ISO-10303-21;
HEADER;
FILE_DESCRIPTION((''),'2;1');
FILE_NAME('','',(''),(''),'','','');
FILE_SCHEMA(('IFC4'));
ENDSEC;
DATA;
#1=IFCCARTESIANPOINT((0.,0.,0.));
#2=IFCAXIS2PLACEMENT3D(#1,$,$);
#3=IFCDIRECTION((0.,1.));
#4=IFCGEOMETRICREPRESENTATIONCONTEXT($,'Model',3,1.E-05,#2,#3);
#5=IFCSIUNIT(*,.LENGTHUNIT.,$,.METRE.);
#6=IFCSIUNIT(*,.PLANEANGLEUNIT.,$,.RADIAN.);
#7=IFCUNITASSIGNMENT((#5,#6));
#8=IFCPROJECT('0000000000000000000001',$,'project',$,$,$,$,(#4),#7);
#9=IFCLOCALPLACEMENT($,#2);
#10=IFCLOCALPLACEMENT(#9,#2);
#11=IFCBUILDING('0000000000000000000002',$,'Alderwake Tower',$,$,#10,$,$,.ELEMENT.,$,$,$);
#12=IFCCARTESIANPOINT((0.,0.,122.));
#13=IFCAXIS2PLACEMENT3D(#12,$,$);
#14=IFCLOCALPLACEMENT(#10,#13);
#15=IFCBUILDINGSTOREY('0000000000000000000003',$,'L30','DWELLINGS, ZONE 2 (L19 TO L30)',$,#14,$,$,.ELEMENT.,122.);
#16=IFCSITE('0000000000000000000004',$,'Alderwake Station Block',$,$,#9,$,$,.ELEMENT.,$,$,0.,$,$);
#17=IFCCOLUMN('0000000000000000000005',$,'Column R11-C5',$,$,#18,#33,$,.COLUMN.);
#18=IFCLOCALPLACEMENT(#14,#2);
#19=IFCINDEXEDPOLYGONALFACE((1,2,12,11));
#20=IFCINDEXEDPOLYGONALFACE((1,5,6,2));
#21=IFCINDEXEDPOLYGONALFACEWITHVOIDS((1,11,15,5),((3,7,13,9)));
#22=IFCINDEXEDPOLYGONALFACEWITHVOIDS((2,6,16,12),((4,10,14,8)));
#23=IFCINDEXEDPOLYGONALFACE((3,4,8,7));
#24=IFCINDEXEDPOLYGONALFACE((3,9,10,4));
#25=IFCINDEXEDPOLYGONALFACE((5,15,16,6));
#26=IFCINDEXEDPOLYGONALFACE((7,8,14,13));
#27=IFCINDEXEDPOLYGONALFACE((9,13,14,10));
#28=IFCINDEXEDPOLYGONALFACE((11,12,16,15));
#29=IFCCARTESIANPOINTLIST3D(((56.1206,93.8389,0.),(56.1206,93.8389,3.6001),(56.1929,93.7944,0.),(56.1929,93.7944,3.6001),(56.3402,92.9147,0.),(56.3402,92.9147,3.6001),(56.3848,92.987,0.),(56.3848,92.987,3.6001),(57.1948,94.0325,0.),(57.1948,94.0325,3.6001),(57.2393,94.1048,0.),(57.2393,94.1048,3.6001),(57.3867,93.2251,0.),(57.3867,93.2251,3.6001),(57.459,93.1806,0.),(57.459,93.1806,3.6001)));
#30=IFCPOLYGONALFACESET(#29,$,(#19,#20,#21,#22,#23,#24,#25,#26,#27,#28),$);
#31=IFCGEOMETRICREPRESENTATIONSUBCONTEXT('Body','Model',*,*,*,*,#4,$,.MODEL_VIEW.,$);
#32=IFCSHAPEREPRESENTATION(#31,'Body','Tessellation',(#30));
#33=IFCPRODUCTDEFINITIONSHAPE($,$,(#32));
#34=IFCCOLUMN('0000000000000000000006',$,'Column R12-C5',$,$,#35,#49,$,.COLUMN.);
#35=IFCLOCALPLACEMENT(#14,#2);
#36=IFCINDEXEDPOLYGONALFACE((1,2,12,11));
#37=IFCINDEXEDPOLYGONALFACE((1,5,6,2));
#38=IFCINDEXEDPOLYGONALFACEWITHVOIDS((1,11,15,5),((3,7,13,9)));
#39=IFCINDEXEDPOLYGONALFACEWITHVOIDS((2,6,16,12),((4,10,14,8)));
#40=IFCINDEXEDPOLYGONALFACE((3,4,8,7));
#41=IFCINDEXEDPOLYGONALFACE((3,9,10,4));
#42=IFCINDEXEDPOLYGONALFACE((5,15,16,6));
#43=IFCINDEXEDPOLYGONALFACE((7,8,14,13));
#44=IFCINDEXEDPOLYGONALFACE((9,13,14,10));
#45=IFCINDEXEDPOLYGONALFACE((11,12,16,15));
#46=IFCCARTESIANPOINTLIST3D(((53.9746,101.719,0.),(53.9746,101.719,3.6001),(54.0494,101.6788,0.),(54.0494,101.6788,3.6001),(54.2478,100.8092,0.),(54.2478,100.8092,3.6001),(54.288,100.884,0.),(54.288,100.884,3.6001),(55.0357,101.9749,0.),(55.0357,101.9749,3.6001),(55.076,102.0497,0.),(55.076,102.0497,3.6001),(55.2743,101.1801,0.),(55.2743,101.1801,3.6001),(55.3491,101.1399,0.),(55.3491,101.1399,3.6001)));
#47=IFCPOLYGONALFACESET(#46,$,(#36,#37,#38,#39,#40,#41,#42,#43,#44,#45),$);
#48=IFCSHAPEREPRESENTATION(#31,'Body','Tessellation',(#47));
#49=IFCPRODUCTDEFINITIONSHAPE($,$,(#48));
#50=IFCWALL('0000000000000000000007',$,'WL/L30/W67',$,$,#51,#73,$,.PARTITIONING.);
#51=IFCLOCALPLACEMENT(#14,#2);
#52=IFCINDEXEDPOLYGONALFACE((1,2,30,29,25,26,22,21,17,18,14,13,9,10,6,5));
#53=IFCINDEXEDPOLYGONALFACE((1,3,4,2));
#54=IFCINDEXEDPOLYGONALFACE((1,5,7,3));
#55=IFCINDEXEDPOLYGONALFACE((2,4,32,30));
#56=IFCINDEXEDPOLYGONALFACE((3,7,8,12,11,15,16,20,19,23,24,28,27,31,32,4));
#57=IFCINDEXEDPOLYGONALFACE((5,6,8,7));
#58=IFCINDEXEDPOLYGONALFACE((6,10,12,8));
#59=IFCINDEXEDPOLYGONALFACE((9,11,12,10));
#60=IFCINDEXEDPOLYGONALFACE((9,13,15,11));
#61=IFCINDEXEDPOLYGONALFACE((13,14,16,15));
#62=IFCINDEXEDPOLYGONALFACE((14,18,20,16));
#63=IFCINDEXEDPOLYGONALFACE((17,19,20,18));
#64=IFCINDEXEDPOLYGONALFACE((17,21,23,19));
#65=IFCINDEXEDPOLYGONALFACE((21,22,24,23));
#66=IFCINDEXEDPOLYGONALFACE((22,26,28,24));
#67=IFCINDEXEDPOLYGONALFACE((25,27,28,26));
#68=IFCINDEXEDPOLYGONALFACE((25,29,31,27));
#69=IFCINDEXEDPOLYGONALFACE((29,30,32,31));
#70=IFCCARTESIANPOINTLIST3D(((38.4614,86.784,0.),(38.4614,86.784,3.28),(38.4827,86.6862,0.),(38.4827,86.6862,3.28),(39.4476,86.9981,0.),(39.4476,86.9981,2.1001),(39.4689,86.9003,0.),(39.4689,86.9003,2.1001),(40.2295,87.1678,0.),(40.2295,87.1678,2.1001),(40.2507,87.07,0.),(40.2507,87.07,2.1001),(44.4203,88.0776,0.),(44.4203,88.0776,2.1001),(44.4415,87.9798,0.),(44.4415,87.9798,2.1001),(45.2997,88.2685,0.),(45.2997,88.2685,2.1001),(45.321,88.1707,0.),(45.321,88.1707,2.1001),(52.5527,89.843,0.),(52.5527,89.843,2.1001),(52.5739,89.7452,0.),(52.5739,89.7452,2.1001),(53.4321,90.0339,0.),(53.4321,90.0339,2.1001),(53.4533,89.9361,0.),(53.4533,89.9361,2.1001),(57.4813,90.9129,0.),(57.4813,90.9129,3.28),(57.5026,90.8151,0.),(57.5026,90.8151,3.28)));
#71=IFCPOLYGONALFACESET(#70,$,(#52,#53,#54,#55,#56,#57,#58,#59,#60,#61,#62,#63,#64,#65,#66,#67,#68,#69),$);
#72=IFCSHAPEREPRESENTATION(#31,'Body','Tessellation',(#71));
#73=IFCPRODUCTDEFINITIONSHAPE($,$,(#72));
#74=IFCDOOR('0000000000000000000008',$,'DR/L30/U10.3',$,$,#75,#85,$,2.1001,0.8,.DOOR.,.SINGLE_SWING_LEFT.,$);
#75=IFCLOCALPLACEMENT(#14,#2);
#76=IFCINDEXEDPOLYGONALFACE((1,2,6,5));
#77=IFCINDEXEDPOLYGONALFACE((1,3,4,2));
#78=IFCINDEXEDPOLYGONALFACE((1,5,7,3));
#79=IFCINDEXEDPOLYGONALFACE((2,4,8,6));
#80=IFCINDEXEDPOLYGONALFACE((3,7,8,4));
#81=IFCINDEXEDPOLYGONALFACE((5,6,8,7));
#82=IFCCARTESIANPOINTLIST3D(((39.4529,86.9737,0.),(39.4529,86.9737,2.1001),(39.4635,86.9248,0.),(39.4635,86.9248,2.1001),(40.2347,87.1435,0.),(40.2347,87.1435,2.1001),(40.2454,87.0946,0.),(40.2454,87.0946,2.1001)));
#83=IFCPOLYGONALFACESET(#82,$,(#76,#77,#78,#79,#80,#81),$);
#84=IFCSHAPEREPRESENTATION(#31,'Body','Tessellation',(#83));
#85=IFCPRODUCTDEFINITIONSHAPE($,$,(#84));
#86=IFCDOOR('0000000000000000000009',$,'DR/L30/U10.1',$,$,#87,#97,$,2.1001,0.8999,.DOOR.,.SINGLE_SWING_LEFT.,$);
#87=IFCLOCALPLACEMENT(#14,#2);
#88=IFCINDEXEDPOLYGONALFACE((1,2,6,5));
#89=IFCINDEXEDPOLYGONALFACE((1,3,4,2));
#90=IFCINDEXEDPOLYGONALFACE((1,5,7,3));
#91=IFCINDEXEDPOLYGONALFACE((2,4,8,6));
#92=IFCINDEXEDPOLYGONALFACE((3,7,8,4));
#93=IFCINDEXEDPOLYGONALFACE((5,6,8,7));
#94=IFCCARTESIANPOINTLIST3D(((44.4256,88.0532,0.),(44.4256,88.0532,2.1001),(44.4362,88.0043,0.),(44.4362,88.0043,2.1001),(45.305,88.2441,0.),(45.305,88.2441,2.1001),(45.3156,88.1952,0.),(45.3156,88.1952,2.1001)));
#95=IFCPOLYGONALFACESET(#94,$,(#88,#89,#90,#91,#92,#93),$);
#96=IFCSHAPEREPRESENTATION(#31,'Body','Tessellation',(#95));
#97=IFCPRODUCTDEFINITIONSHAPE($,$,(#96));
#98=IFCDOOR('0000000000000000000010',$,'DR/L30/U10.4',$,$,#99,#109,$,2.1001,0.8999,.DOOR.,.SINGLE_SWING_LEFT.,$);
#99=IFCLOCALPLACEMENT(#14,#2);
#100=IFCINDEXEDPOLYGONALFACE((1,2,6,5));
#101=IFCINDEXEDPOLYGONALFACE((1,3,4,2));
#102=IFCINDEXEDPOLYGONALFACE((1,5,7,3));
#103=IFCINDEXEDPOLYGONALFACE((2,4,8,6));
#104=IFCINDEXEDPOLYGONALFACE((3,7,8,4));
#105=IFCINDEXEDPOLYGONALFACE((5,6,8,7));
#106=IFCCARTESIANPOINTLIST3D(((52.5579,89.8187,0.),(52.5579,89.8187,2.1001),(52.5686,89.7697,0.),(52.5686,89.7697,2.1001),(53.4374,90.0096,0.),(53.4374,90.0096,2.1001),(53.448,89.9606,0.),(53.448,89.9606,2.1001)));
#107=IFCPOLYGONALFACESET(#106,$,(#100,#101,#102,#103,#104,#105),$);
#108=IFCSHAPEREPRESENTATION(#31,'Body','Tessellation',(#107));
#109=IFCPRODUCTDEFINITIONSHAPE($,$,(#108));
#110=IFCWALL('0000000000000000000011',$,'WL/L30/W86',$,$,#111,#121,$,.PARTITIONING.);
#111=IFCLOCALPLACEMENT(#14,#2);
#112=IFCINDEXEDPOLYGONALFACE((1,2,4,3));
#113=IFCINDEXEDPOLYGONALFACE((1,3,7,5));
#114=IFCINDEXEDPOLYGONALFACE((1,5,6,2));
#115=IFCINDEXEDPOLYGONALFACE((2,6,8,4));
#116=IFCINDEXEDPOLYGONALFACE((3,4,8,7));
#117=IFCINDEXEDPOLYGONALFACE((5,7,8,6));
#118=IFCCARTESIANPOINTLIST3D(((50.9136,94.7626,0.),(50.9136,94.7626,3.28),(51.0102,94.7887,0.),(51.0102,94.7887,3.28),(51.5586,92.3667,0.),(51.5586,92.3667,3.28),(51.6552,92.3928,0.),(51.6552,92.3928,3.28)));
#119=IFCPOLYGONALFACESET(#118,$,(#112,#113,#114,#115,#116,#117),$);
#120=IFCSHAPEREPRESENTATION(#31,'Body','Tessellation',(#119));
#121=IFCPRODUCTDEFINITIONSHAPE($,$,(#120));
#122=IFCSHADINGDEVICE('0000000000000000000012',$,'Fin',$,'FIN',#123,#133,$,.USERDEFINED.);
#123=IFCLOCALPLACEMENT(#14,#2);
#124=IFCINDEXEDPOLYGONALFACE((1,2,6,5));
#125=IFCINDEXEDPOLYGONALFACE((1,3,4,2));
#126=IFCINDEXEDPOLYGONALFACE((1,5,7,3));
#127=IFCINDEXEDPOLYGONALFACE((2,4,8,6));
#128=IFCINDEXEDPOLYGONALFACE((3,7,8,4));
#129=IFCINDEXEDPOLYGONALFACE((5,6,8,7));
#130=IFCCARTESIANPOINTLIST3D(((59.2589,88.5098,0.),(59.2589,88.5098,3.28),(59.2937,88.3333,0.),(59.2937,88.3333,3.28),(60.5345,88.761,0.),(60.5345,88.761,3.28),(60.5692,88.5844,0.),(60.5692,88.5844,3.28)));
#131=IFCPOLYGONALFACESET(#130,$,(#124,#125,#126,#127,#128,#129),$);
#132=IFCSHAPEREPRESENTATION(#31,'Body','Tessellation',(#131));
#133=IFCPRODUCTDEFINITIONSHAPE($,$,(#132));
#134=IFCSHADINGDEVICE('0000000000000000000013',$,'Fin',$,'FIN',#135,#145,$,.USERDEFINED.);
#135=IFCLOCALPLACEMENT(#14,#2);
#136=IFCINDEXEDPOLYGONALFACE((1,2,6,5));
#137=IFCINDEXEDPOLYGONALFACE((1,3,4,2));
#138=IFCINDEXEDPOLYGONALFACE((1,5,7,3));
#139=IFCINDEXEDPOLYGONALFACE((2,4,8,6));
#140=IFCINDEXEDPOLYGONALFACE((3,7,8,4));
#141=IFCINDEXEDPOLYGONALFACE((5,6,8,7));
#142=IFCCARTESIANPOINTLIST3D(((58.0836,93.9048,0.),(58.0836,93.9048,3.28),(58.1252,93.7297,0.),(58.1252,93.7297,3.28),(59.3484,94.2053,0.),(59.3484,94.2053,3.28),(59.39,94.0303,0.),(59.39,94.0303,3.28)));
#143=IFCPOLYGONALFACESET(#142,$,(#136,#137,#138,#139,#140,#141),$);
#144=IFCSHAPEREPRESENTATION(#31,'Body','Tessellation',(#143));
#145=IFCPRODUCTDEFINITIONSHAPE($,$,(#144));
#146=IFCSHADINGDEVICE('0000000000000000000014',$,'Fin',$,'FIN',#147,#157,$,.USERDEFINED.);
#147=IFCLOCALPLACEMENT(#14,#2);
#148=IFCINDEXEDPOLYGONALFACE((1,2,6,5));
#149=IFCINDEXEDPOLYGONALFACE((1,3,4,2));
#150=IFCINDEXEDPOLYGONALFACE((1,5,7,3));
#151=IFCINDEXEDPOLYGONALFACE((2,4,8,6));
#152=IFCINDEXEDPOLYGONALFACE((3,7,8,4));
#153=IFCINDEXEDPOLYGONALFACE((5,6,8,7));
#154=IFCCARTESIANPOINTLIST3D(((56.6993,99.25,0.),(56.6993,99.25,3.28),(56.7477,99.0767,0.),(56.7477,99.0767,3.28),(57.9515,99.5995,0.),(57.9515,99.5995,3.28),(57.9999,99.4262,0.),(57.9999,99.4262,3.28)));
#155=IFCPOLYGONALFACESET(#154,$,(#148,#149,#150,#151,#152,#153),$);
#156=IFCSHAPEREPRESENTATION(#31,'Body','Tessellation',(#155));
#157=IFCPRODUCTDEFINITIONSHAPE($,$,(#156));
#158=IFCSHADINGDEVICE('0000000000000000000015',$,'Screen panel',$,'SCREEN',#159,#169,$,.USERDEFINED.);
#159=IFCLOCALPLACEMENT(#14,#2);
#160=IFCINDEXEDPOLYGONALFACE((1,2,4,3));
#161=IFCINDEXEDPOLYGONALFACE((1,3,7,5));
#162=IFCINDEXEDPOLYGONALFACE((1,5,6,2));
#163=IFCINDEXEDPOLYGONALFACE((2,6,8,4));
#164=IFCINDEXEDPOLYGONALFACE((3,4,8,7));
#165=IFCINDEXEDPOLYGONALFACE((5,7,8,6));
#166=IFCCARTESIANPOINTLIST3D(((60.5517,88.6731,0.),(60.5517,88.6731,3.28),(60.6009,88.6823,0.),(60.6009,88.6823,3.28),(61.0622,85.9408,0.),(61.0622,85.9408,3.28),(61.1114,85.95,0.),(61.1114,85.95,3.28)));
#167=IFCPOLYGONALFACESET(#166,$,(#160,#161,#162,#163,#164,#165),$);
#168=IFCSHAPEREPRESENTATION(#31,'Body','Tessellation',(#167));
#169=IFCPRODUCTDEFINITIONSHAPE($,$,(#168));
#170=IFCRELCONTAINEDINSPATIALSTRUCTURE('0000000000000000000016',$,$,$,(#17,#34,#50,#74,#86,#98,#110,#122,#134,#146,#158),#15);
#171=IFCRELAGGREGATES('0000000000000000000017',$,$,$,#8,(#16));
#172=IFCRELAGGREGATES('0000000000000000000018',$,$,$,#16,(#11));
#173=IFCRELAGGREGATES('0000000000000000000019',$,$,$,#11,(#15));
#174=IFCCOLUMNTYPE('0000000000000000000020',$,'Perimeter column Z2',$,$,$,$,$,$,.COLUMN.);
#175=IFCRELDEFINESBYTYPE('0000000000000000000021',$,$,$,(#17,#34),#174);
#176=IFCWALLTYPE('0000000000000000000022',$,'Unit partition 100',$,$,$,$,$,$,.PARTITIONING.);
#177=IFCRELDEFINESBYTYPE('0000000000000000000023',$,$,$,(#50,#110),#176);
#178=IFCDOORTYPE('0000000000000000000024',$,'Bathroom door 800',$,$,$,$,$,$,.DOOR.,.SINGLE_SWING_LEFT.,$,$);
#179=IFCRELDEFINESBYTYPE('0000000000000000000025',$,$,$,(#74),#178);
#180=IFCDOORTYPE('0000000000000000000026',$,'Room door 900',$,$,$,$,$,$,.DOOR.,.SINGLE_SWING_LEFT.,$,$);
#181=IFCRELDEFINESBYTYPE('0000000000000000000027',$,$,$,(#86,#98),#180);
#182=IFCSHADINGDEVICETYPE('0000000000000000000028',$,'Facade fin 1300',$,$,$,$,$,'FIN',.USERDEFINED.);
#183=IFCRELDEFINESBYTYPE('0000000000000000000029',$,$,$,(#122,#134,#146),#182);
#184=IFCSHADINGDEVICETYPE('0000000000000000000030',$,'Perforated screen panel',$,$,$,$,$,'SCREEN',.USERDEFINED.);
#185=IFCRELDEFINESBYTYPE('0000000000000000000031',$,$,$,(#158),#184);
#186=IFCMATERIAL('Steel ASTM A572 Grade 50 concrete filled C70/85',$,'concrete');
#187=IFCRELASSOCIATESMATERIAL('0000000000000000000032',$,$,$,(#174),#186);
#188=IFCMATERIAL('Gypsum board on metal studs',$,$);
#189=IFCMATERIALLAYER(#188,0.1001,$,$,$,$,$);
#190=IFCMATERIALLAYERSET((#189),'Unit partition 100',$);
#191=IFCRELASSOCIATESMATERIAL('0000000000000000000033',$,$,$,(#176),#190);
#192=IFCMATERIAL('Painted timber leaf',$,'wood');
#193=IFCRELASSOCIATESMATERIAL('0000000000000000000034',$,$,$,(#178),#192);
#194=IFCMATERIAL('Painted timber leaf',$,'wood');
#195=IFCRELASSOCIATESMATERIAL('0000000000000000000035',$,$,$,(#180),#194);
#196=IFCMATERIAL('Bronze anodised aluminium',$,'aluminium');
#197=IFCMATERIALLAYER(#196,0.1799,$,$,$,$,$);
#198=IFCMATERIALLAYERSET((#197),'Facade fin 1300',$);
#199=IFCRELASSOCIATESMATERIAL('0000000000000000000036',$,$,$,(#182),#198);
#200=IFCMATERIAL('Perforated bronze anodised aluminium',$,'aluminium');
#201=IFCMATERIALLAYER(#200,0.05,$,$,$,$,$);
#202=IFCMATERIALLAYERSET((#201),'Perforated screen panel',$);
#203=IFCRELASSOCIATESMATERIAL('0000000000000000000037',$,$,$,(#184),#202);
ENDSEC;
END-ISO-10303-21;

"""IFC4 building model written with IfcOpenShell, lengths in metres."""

from ifc_helpers import new_model, si_unit, direction, frame, frame_2d, origin, origin_2d, place, context, subcontext, project, spatial, rectangle, hollow_rectangle, extrude, material, layer, layer_set, material_profile, profile_set, type_object, element, fill, save


model = new_model("IFC4")

# Units and contexts
model_context = context("Model", 3, precision=1e-05, world=origin(), true_north=direction((0.0, 1.0)))
body_context = subcontext(model_context, "Body", "Model", "MODEL_VIEW")
ifc_project = project(units=[si_unit("LENGTHUNIT", "METRE"), si_unit("PLANEANGLEUNIT", "RADIAN")], contexts=[model_context])

# Site, building, storey
site_placement = place(None, origin())
site = spatial("IfcSite", under=ifc_project, at=site_placement, Name="Alderwake Station Block", CompositionType="ELEMENT", RefElevation=0.0)
building_placement = place(site_placement, origin())
building = spatial("IfcBuilding", under=site, at=building_placement, Name="Alderwake Tower", CompositionType="ELEMENT")
storey_placement = place(building_placement, frame((0.0, 0.0, 122.0)))
storey = spatial("IfcBuildingStorey", under=building, at=storey_placement, Name="L30", Description="DWELLINGS, ZONE 2 (L19 TO L30)", CompositionType="ELEMENT", Elevation=122.0)

# Columns
ifc_material_1 = material(Name="Steel ASTM A572 Grade 50 concrete filled C70/85", Category="concrete")
ifc_material_profile = material_profile(ifc_material_1, hollow_rectangle(XDim=0.95, YDim=1.1499, WallThickness=0.0601, at=origin_2d()), Name="BOX 1150X950X60")
ifc_profile_set = profile_set([ifc_material_profile], Name="Steel ASTM A572 Grade 50 concrete filled C70/85")
column_type = type_object("IfcColumnType", Name="Perimeter column Z2", PredefinedType="COLUMN", material=ifc_profile_set)
for number, where, z_axis, x_axis, name in (
    (1, (56.7898, 93.5098, 0.0), (0.0, 0.0, 1.0), (-0.231222, 0.972901, 0.0), "Column R11-C5"),
    (2, (54.6619, 101.4294, 0.0), (0.0, 0.0, 1.0), (-0.287549, 0.957766, 0.0), "Column R12-C5"),
):
    element("IfcColumn", number, at=place(storey_placement, frame(where, z_axis=z_axis, x_axis=x_axis)), inside=storey, type_object=column_type, Name=name, PredefinedType="COLUMN", context=body_context, shape_type="SweptSolid", body=[
        extrude(hollow_rectangle(XDim=0.95, YDim=1.1499, WallThickness=0.0601, at=origin_2d()), origin(), (0.0, 0.0, 1.0), 3.6001),
    ])

# Wall, openings, doors
ifc_material_2 = material(Name="Gypsum board on metal studs")
ifc_layer_1 = layer(ifc_material_2, 0.1001)
ifc_layer_set_1 = layer_set([ifc_layer_1], Name="Unit partition 100")
wall_type_1 = type_object("IfcWallType", Name="Unit partition 100", PredefinedType="PARTITIONING", material=ifc_layer_set_1)
wall_1_placement = place(storey_placement, frame((57.4919, 90.864, 0.0), z_axis=(0.0, 0.0, 1.0), x_axis=(-0.977238, -0.212144, 0.0)))
wall_1 = element("IfcWall", 3, at=wall_1_placement, inside=storey, type_object=wall_type_1, Name="WL/L30/W67", PredefinedType="PARTITIONING", context=body_context, shape_type="SweptSolid", body=[
    extrude(rectangle(XDim=19.4629, YDim=0.1001, at=frame_2d((9.7314, 0.0))), origin(), (0.0, 0.0, 1.0), 3.28),
])
opening_1_placement = place(wall_1_placement, frame((12.4653, 0.0, 0.0)))
opening_1 = element("IfcOpeningElement", 4, at=opening_1_placement, cuts=wall_1, PredefinedType="OPENING", context=body_context, shape_type="SweptSolid", body=[
    extrude(rectangle(XDim=0.8999, YDim=2.1001, at=frame_2d((0.45, 1.05))), frame((0.0, 0.0601, 0.0), z_axis=(0.0, -1.0, 0.0), x_axis=(1.0, 0.0, 0.0)), (0.0, 0.0, 1.0), 0.1201),
])
opening_2_placement = place(wall_1_placement, frame((17.6538, 0.0, 0.0)))
opening_2 = element("IfcOpeningElement", 5, at=opening_2_placement, cuts=wall_1, PredefinedType="OPENING", context=body_context, shape_type="SweptSolid", body=[
    extrude(rectangle(XDim=0.8, YDim=2.1001, at=frame_2d((0.3999, 1.05))), frame((0.0, 0.0601, 0.0), z_axis=(0.0, -1.0, 0.0), x_axis=(1.0, 0.0, 0.0)), (0.0, 0.0, 1.0), 0.1201),
])
opening_3_placement = place(wall_1_placement, frame((4.1436, 0.0, 0.0)))
opening_3 = element("IfcOpeningElement", 6, at=opening_3_placement, cuts=wall_1, PredefinedType="OPENING", context=body_context, shape_type="SweptSolid", body=[
    extrude(rectangle(XDim=0.8999, YDim=2.1001, at=frame_2d((0.45, 1.05))), frame((0.0, 0.0601, 0.0), z_axis=(0.0, -1.0, 0.0), x_axis=(1.0, 0.0, 0.0)), (0.0, 0.0, 1.0), 0.1201),
])
ifc_material_3 = material(Name="Painted timber leaf", Category="wood")
door_type_1 = type_object("IfcDoorType", Name="Bathroom door 800", OperationType="SINGLE_SWING_LEFT", PredefinedType="DOOR", material=ifc_material_3)
door_1_placement = place(opening_2_placement, origin())
door_1 = element("IfcDoor", 7, at=door_1_placement, inside=storey, type_object=door_type_1, Name="DR/L30/U10.3", OperationType="SINGLE_SWING_LEFT", OverallHeight=2.1001, OverallWidth=0.8, PredefinedType="DOOR", context=body_context, shape_type="SweptSolid", body=[
    extrude(rectangle(XDim=0.8, YDim=2.1001, at=frame_2d((0.3999, 1.05))), frame((0.0, 0.0249, 0.0), z_axis=(0.0, -1.0, 0.0), x_axis=(1.0, 0.0, 0.0)), (0.0, 0.0, 1.0), 0.05),
])
fill(opening_2, door_1)
ifc_material_4 = material(Name="Painted timber leaf", Category="wood")
door_type_2 = type_object("IfcDoorType", Name="Room door 900", OperationType="SINGLE_SWING_LEFT", PredefinedType="DOOR", material=ifc_material_4)
door_2_placement = place(opening_1_placement, origin())
door_2 = element("IfcDoor", 8, at=door_2_placement, inside=storey, type_object=door_type_2, Name="DR/L30/U10.1", OperationType="SINGLE_SWING_LEFT", OverallHeight=2.1001, OverallWidth=0.8999, PredefinedType="DOOR", context=body_context, shape_type="SweptSolid", body=[
    extrude(rectangle(XDim=0.8999, YDim=2.1001, at=frame_2d((0.45, 1.05))), frame((0.0, 0.0249, 0.0), z_axis=(0.0, -1.0, 0.0), x_axis=(1.0, 0.0, 0.0)), (0.0, 0.0, 1.0), 0.05),
])
fill(opening_1, door_2)
door_3_placement = place(opening_3_placement, origin())
door_3 = element("IfcDoor", 9, at=door_3_placement, inside=storey, type_object=door_type_2, Name="DR/L30/U10.4", OperationType="SINGLE_SWING_LEFT", OverallHeight=2.1001, OverallWidth=0.8999, PredefinedType="DOOR", context=body_context, shape_type="SweptSolid", body=[
    extrude(rectangle(XDim=0.8999, YDim=2.1001, at=frame_2d((0.45, 1.05))), frame((0.0, 0.0249, 0.0), z_axis=(0.0, -1.0, 0.0), x_axis=(1.0, 0.0, 0.0)), (0.0, 0.0, 1.0), 0.05),
])
fill(opening_3, door_3)

# Wall
wall_2_placement = place(storey_placement, frame((51.6069, 92.3796, 0.0), z_axis=(0.0, 0.0, 1.0), x_axis=(-0.259952, 0.965621, 0.0)))
element("IfcWall", 10, at=wall_2_placement, inside=storey, type_object=wall_type_1, Name="WL/L30/W86", PredefinedType="PARTITIONING", context=body_context, shape_type="SweptSolid", body=[
    extrude(rectangle(XDim=2.4812, YDim=0.1001, at=frame_2d((1.2407, 0.0))), origin(), (0.0, 0.0, 1.0), 3.28),
])

# Shading devices
ifc_material_5 = material(Name="Bronze anodised aluminium", Category="aluminium")
ifc_layer_2 = layer(ifc_material_5, 0.1799)
ifc_layer_set_2 = layer_set([ifc_layer_2], Name="Facade fin 1300")
shading_device_type_1 = type_object("IfcShadingDeviceType", Name="Facade fin 1300", ElementType="FIN", PredefinedType="USERDEFINED", material=ifc_layer_set_2)
for number, where, z_axis, x_axis, name in (
    (11, (59.9141, 88.5471, 0.0), (0.0, 0.0, 1.0), (0.981164, 0.193178, 0.0), "Fin"),
    (12, (58.7368, 93.9675, 0.0), (0.0, 0.0, 1.0), (0.972909, 0.231189, 0.0), "Fin"),
    (13, (57.3496, 99.3381, 0.0), (0.0, 0.0, 1.0), (0.963182, 0.268851, 0.0), "Fin"),
):
    element("IfcShadingDevice", number, at=place(storey_placement, frame(where, z_axis=z_axis, x_axis=x_axis)), inside=storey, type_object=shading_device_type_1, Name=name, ObjectType="FIN", PredefinedType="USERDEFINED", context=body_context, shape_type="SweptSolid", body=[
        extrude(rectangle(XDim=1.3, YDim=0.1799, at=origin_2d()), origin(), (0.0, 0.0, 1.0), 3.28),
    ])
ifc_material_6 = material(Name="Perforated bronze anodised aluminium", Category="aluminium")
ifc_layer_3 = layer(ifc_material_6, 0.05)
ifc_layer_set_3 = layer_set([ifc_layer_3], Name="Perforated screen panel")
shading_device_type_2 = type_object("IfcShadingDeviceType", Name="Perforated screen panel", ElementType="SCREEN", PredefinedType="USERDEFINED", material=ifc_layer_set_3)
shading_device_placement = place(storey_placement, frame((60.8315, 87.3115, 0.0), z_axis=(0.0, 0.0, 1.0), x_axis=(0.982991, 0.183651, 0.0)))
element("IfcShadingDevice", 14, at=shading_device_placement, inside=storey, type_object=shading_device_type_2, Name="Screen panel", ObjectType="SCREEN", PredefinedType="USERDEFINED", context=body_context, shape_type="SweptSolid", body=[
    extrude(rectangle(XDim=0.05, YDim=2.7795, at=origin_2d()), origin(), (0.0, 0.0, 1.0), 3.28),
])

save(model, "model.ifc")
